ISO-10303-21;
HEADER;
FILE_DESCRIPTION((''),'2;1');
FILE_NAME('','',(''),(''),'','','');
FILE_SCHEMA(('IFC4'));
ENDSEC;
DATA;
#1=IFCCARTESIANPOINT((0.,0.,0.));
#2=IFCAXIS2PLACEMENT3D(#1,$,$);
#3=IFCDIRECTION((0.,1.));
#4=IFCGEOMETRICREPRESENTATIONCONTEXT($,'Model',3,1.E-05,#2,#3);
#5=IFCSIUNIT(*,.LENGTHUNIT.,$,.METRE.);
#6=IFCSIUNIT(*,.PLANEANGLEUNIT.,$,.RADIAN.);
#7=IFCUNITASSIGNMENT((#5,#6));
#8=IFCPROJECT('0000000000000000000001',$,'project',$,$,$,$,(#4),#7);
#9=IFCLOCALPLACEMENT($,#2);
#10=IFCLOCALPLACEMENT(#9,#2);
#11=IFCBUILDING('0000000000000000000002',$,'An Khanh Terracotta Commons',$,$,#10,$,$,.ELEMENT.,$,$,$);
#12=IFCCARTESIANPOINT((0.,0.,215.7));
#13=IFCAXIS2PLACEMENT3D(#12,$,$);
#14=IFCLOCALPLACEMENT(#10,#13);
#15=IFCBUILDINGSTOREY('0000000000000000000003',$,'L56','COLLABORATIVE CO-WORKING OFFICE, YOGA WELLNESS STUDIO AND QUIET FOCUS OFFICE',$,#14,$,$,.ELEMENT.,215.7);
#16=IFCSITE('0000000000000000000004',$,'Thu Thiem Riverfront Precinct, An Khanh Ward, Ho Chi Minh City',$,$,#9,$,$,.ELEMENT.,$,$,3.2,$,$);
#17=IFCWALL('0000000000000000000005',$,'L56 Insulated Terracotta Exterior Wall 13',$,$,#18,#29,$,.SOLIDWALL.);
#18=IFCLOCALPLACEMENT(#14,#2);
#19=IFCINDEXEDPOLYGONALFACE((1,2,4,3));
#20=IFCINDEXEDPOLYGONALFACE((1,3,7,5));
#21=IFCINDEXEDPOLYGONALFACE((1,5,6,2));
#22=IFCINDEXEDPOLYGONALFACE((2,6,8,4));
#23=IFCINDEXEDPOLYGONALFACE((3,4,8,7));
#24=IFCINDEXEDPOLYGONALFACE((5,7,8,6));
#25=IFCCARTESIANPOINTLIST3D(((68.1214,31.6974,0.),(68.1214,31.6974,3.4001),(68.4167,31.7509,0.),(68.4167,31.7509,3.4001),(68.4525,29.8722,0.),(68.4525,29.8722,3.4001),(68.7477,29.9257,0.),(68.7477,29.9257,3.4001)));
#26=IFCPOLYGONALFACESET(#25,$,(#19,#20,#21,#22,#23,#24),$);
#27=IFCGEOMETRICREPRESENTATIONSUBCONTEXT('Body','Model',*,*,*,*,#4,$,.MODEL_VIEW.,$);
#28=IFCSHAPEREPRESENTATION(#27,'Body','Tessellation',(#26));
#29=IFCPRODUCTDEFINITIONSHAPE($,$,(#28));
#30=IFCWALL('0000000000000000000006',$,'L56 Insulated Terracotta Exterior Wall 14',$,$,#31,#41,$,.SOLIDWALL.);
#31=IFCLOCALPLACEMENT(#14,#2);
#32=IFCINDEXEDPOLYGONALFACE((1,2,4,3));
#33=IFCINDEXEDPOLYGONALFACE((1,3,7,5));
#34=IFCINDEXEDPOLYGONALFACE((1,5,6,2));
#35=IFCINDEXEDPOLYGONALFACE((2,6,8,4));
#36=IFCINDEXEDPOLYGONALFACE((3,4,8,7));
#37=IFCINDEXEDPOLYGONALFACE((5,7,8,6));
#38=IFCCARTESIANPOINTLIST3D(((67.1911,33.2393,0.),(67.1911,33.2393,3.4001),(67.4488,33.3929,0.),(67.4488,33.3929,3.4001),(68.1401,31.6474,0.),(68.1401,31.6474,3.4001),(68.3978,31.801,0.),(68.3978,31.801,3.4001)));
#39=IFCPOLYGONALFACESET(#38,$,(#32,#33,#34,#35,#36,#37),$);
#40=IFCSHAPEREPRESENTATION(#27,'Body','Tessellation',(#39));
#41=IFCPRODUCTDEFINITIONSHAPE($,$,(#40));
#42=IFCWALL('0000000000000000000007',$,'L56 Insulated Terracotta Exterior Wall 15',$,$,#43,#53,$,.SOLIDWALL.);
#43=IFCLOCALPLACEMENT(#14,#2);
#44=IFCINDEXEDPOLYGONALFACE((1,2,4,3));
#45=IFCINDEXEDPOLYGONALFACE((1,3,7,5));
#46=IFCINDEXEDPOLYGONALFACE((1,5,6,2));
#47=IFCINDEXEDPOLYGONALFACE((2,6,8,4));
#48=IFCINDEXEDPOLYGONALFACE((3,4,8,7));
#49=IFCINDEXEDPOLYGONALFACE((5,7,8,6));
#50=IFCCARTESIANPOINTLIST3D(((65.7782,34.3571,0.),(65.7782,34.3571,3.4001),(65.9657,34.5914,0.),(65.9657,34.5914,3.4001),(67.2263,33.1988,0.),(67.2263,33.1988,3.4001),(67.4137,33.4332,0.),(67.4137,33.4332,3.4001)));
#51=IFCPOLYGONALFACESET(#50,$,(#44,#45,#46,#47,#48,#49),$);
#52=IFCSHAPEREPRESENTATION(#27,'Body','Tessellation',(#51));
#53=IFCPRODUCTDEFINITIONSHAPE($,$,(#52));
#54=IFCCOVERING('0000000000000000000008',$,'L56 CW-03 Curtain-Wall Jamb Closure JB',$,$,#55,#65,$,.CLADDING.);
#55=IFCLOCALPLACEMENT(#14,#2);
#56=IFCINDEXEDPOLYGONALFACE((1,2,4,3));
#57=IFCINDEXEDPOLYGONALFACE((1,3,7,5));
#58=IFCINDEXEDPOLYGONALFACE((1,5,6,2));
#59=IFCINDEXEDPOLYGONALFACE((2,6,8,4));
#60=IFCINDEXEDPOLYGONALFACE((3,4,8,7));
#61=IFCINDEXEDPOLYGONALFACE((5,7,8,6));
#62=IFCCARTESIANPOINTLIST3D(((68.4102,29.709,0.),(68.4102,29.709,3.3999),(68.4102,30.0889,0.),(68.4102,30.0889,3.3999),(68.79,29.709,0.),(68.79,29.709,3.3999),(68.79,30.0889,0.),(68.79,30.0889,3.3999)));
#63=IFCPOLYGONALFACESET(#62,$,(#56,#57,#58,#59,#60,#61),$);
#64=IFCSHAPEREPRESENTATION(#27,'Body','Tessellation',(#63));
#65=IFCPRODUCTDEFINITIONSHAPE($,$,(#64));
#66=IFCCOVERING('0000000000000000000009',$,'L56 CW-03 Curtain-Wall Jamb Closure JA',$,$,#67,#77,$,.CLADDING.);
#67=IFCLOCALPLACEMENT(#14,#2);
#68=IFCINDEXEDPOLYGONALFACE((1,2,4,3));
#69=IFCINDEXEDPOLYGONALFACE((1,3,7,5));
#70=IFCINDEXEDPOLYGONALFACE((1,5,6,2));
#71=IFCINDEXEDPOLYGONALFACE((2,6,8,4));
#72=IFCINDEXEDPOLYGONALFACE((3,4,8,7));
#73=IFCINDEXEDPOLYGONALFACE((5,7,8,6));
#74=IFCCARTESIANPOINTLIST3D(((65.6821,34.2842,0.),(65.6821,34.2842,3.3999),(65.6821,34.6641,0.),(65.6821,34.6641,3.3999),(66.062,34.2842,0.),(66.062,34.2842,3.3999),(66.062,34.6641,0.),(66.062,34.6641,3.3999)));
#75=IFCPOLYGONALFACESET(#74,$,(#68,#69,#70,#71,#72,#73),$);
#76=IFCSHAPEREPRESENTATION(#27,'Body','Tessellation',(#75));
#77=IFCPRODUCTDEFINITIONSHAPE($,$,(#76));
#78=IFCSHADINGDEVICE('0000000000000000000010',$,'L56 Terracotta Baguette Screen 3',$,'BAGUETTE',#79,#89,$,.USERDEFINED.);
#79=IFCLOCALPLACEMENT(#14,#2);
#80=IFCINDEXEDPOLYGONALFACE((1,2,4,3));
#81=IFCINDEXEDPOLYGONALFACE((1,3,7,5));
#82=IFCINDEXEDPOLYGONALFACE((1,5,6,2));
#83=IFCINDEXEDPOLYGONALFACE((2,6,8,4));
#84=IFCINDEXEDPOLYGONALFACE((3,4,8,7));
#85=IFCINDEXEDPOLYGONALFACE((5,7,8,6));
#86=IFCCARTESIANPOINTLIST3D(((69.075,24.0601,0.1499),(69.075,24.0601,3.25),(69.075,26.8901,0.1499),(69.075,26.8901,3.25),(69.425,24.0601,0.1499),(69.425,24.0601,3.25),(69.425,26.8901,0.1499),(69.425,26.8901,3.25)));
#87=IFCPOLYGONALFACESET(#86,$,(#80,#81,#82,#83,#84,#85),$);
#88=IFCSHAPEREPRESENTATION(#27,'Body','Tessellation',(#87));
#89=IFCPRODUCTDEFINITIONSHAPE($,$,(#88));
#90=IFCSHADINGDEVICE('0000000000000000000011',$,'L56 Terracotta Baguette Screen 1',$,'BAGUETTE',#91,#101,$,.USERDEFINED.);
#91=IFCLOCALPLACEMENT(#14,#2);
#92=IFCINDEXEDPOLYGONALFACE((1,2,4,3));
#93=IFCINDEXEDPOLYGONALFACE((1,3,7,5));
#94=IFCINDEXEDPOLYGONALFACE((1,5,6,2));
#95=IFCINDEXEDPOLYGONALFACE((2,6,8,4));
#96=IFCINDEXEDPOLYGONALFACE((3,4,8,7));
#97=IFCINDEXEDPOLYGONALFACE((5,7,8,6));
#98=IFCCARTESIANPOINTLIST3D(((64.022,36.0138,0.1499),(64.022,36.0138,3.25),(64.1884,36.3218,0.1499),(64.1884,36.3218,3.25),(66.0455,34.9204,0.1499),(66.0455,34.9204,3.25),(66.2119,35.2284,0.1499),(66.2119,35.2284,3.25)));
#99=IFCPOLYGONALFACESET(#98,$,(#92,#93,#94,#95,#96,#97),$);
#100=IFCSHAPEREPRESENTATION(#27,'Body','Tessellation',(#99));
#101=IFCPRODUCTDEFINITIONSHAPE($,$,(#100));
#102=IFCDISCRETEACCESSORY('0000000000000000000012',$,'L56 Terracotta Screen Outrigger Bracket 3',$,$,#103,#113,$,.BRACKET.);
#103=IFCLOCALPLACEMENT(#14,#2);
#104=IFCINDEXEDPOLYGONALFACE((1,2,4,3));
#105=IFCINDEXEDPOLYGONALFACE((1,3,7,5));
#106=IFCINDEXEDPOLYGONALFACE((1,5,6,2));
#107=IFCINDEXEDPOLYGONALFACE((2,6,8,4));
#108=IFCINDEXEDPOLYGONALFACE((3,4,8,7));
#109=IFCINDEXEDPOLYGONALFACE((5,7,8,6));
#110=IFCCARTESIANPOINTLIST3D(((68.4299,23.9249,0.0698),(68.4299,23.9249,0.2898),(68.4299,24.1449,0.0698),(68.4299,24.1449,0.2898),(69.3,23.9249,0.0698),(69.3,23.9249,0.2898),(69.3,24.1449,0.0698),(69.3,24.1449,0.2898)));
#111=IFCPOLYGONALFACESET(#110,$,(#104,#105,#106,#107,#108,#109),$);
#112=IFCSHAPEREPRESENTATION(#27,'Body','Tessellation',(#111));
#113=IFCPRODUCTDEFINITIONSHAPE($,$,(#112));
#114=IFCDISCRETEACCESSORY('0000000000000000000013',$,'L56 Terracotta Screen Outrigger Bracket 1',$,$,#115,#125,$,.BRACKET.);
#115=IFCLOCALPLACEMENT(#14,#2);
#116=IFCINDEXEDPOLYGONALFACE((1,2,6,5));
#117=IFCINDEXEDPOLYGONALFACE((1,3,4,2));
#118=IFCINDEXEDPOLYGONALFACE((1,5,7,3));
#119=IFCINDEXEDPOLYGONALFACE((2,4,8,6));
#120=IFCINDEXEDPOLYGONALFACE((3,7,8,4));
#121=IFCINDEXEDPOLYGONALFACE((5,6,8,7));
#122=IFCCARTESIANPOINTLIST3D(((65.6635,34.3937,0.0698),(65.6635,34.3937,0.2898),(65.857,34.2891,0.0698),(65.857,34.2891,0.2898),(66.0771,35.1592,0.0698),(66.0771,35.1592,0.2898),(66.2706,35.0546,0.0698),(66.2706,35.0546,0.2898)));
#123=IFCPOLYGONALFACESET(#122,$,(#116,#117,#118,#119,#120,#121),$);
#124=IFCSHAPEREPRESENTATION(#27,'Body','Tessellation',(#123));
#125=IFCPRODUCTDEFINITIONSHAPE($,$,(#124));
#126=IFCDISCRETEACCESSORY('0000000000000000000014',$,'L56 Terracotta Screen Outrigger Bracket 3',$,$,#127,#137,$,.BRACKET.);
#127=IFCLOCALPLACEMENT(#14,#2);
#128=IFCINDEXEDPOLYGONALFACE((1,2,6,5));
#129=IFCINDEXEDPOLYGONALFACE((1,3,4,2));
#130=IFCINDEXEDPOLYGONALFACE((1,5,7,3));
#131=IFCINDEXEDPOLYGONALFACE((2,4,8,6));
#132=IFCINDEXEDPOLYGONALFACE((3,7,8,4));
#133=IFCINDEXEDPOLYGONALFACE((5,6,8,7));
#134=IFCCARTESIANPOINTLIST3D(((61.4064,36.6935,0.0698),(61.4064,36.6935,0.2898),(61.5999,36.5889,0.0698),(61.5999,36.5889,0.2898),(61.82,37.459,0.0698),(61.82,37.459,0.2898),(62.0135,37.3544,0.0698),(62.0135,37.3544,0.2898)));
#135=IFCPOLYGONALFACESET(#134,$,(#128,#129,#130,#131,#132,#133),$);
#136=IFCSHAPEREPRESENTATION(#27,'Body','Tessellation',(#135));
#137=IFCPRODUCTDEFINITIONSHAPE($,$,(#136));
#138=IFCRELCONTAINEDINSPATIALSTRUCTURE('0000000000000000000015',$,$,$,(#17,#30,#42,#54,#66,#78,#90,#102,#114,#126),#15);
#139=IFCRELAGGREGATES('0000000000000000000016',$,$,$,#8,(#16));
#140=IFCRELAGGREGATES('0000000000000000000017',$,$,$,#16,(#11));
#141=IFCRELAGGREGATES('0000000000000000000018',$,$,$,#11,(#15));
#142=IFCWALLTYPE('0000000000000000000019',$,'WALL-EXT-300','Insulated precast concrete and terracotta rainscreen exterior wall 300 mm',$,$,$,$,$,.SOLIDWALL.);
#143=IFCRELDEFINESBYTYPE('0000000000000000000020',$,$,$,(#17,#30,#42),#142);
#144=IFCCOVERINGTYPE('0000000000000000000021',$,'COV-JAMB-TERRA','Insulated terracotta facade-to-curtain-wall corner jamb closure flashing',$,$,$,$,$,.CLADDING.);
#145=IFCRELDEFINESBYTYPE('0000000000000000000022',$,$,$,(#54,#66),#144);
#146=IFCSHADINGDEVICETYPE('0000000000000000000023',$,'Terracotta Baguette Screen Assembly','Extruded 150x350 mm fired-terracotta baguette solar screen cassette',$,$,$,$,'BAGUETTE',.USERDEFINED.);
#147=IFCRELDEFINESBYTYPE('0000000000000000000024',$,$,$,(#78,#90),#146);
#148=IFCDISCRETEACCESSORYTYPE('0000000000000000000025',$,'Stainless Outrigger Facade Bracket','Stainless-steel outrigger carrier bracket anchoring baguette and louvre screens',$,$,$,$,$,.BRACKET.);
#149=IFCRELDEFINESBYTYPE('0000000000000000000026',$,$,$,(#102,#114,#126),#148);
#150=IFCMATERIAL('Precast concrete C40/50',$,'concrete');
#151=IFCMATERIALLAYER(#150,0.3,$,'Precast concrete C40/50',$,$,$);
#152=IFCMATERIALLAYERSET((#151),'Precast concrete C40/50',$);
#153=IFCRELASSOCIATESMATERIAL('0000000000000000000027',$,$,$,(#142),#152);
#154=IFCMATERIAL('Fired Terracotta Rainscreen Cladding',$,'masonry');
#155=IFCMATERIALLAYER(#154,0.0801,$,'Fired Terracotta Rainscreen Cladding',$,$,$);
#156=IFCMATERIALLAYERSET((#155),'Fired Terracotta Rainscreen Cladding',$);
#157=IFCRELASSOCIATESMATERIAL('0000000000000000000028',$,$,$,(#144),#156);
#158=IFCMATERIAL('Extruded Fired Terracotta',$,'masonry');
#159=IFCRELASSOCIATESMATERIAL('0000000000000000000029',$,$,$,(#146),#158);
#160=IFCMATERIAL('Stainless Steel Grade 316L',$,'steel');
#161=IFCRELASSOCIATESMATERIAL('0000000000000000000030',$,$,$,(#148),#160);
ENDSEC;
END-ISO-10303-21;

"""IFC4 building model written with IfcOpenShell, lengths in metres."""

from ifc_helpers import new_model, si_unit, direction, frame, frame_2d, origin, origin_2d, place, context, subcontext, project, spatial, rectangle, extrude, material, layer, layer_set, type_object, element, save


model = new_model("IFC4")

# Units and contexts
model_context = context("Model", 3, precision=1e-05, world=origin(), true_north=direction((0.0, 1.0)))
body_context = subcontext(model_context, "Body", "Model", "MODEL_VIEW")
ifc_project = project(units=[si_unit("LENGTHUNIT", "METRE"), si_unit("PLANEANGLEUNIT", "RADIAN")], contexts=[model_context])

# Site, building, storey
site_placement = place(None, origin())
site = spatial("IfcSite", under=ifc_project, at=site_placement, Name="Thu Thiem Riverfront Precinct, An Khanh Ward, Ho Chi Minh City", CompositionType="ELEMENT", RefElevation=3.2)
building_placement = place(site_placement, origin())
building = spatial("IfcBuilding", under=site, at=building_placement, Name="An Khanh Terracotta Commons", CompositionType="ELEMENT")
storey_placement = place(building_placement, frame((0.0, 0.0, 215.7)))
storey = spatial("IfcBuildingStorey", under=building, at=storey_placement, Name="L56", Description="COLLABORATIVE CO-WORKING OFFICE, YOGA WELLNESS STUDIO AND QUIET FOCUS OFFICE", CompositionType="ELEMENT", Elevation=215.7)

# Walls
ifc_material_1 = material(Name="Precast concrete C40/50", Category="concrete")
ifc_layer_1 = layer(ifc_material_1, 0.3, Name="Precast concrete C40/50")
ifc_layer_set_1 = layer_set([ifc_layer_1], Name="Precast concrete C40/50")
wall_type = type_object("IfcWallType", Name="WALL-EXT-300", Description="Insulated precast concrete and terracotta rainscreen exterior wall 300 mm", PredefinedType="SOLIDWALL", material=ifc_layer_set_1)
wall_1_placement = place(storey_placement, frame((68.6001, 29.8989, 0.0), z_axis=(0.0, 0.0, 1.0), x_axis=(-0.178468, 0.983946, 0.0)))
element("IfcWall", 1, at=wall_1_placement, inside=storey, type_object=wall_type, Name="L56 Insulated Terracotta Exterior Wall 13", PredefinedType="SOLIDWALL", context=body_context, shape_type="SweptSolid", body=[
    extrude(rectangle(XDim=1.855, YDim=0.3, at=frame_2d((0.9275, 0.0))), origin(), (0.0, 0.0, 1.0), 3.4001),
])
wall_2_placement = place(storey_placement, frame((68.269, 31.7241, 0.0), z_axis=(0.0, 0.0, 1.0), x_axis=(-0.512072, 0.858943, 0.0)))
element("IfcWall", 2, at=wall_2_placement, inside=storey, type_object=wall_type, Name="L56 Insulated Terracotta Exterior Wall 14", PredefinedType="SOLIDWALL", context=body_context, shape_type="SweptSolid", body=[
    extrude(rectangle(XDim=1.8533, YDim=0.3, at=frame_2d((0.9268, 0.0))), origin(), (0.0, 0.0, 1.0), 3.4001),
])
wall_3_placement = place(storey_placement, frame((67.3201, 33.3159, 0.0), z_axis=(0.0, 0.0, 1.0), x_axis=(-0.78092, 0.624631, 0.0)))
element("IfcWall", 3, at=wall_3_placement, inside=storey, type_object=wall_type, Name="L56 Insulated Terracotta Exterior Wall 15", PredefinedType="SOLIDWALL", context=body_context, shape_type="SweptSolid", body=[
    extrude(rectangle(XDim=1.8542, YDim=0.3, at=frame_2d((0.9272, 0.0))), origin(), (0.0, 0.0, 1.0), 3.4001),
])

# Coverings
ifc_material_2 = material(Name="Fired Terracotta Rainscreen Cladding", Category="masonry")
ifc_layer_2 = layer(ifc_material_2, 0.0801, Name="Fired Terracotta Rainscreen Cladding")
ifc_layer_set_2 = layer_set([ifc_layer_2], Name="Fired Terracotta Rainscreen Cladding")
covering_type = type_object("IfcCoveringType", Name="COV-JAMB-TERRA", Description="Insulated terracotta facade-to-curtain-wall corner jamb closure flashing", PredefinedType="CLADDING", material=ifc_layer_set_2)
for number, where, z_axis, x_axis, name in (
    (4, (68.6001, 29.8989, 0.0), (0.0, 0.0, 1.0), (1.0, 0.0, 0.0), "L56 CW-03 Curtain-Wall Jamb Closure JB"),
    (5, (65.8721, 34.4741, 0.0), (0.0, 0.0, 1.0), (1.0, 0.0, 0.0), "L56 CW-03 Curtain-Wall Jamb Closure JA"),
):
    element("IfcCovering", number, at=place(storey_placement, frame(where, z_axis=z_axis, x_axis=x_axis)), inside=storey, type_object=covering_type, Name=name, PredefinedType="CLADDING", context=body_context, shape_type="SweptSolid", body=[
        extrude(rectangle(XDim=0.3799, YDim=0.3799, at=origin_2d()), origin(), (0.0, 0.0, 1.0), 3.3999),
    ])

# Shading devices
ifc_material_3 = material(Name="Extruded Fired Terracotta", Category="masonry")
shading_device_type = type_object("IfcShadingDeviceType", Name="Terracotta Baguette Screen Assembly", Description="Extruded 150x350 mm fired-terracotta baguette solar screen cassette", ElementType="BAGUETTE", PredefinedType="USERDEFINED", material=ifc_material_3)
shading_device_1_placement = place(storey_placement, frame((69.25, 25.4751, 0.1499), z_axis=(0.0, 0.0, 1.0), x_axis=(0.0, 1.0, 0.0)))
element("IfcShadingDevice", 6, at=shading_device_1_placement, inside=storey, type_object=shading_device_type, Name="L56 Terracotta Baguette Screen 3", ObjectType="BAGUETTE", PredefinedType="USERDEFINED", context=body_context, shape_type="SweptSolid", body=[
    extrude(rectangle(XDim=2.8301, YDim=0.3501, at=origin_2d()), origin(), (0.0, 0.0, 1.0), 3.1001),
])
shading_device_2_placement = place(storey_placement, frame((65.1169, 35.6211, 0.1499), z_axis=(0.0, 0.0, 1.0), x_axis=(-0.87978, 0.475381, 0.0)))
element("IfcShadingDevice", 7, at=shading_device_2_placement, inside=storey, type_object=shading_device_type, Name="L56 Terracotta Baguette Screen 1", ObjectType="BAGUETTE", PredefinedType="USERDEFINED", context=body_context, shape_type="SweptSolid", body=[
    extrude(rectangle(XDim=2.3, YDim=0.3501, at=origin_2d()), origin(), (0.0, 0.0, 1.0), 3.1001),
])

# Discrete accessories
ifc_material_4 = material(Name="Stainless Steel Grade 316L", Category="steel")
discrete_accessory_type = type_object("IfcDiscreteAccessoryType", Name="Stainless Outrigger Facade Bracket", Description="Stainless-steel outrigger carrier bracket anchoring baguette and louvre screens", PredefinedType="BRACKET", material=ifc_material_4)
for number, where, z_axis, x_axis, name in (
    (8, (68.865, 24.0349, 0.0698), (0.0, 0.0, 1.0), (0.0, 1.0, 0.0), "L56 Terracotta Screen Outrigger Bracket 3"),
    (9, (65.967, 34.7241, 0.0698), (0.0, 0.0, 1.0), (-0.87978, 0.475381, 0.0), "L56 Terracotta Screen Outrigger Bracket 1"),
    (10, (61.71, 37.0239, 0.0698), (0.0, 0.0, 1.0), (-0.87978, 0.475381, 0.0), "L56 Terracotta Screen Outrigger Bracket 3"),
):
    element("IfcDiscreteAccessory", number, at=place(storey_placement, frame(where, z_axis=z_axis, x_axis=x_axis)), inside=storey, type_object=discrete_accessory_type, Name=name, PredefinedType="BRACKET", context=body_context, shape_type="SweptSolid", body=[
        extrude(rectangle(XDim=0.22, YDim=0.8701, at=origin_2d()), origin(), (0.0, 0.0, 1.0), 0.22),
    ])

save(model, "model.ifc")
